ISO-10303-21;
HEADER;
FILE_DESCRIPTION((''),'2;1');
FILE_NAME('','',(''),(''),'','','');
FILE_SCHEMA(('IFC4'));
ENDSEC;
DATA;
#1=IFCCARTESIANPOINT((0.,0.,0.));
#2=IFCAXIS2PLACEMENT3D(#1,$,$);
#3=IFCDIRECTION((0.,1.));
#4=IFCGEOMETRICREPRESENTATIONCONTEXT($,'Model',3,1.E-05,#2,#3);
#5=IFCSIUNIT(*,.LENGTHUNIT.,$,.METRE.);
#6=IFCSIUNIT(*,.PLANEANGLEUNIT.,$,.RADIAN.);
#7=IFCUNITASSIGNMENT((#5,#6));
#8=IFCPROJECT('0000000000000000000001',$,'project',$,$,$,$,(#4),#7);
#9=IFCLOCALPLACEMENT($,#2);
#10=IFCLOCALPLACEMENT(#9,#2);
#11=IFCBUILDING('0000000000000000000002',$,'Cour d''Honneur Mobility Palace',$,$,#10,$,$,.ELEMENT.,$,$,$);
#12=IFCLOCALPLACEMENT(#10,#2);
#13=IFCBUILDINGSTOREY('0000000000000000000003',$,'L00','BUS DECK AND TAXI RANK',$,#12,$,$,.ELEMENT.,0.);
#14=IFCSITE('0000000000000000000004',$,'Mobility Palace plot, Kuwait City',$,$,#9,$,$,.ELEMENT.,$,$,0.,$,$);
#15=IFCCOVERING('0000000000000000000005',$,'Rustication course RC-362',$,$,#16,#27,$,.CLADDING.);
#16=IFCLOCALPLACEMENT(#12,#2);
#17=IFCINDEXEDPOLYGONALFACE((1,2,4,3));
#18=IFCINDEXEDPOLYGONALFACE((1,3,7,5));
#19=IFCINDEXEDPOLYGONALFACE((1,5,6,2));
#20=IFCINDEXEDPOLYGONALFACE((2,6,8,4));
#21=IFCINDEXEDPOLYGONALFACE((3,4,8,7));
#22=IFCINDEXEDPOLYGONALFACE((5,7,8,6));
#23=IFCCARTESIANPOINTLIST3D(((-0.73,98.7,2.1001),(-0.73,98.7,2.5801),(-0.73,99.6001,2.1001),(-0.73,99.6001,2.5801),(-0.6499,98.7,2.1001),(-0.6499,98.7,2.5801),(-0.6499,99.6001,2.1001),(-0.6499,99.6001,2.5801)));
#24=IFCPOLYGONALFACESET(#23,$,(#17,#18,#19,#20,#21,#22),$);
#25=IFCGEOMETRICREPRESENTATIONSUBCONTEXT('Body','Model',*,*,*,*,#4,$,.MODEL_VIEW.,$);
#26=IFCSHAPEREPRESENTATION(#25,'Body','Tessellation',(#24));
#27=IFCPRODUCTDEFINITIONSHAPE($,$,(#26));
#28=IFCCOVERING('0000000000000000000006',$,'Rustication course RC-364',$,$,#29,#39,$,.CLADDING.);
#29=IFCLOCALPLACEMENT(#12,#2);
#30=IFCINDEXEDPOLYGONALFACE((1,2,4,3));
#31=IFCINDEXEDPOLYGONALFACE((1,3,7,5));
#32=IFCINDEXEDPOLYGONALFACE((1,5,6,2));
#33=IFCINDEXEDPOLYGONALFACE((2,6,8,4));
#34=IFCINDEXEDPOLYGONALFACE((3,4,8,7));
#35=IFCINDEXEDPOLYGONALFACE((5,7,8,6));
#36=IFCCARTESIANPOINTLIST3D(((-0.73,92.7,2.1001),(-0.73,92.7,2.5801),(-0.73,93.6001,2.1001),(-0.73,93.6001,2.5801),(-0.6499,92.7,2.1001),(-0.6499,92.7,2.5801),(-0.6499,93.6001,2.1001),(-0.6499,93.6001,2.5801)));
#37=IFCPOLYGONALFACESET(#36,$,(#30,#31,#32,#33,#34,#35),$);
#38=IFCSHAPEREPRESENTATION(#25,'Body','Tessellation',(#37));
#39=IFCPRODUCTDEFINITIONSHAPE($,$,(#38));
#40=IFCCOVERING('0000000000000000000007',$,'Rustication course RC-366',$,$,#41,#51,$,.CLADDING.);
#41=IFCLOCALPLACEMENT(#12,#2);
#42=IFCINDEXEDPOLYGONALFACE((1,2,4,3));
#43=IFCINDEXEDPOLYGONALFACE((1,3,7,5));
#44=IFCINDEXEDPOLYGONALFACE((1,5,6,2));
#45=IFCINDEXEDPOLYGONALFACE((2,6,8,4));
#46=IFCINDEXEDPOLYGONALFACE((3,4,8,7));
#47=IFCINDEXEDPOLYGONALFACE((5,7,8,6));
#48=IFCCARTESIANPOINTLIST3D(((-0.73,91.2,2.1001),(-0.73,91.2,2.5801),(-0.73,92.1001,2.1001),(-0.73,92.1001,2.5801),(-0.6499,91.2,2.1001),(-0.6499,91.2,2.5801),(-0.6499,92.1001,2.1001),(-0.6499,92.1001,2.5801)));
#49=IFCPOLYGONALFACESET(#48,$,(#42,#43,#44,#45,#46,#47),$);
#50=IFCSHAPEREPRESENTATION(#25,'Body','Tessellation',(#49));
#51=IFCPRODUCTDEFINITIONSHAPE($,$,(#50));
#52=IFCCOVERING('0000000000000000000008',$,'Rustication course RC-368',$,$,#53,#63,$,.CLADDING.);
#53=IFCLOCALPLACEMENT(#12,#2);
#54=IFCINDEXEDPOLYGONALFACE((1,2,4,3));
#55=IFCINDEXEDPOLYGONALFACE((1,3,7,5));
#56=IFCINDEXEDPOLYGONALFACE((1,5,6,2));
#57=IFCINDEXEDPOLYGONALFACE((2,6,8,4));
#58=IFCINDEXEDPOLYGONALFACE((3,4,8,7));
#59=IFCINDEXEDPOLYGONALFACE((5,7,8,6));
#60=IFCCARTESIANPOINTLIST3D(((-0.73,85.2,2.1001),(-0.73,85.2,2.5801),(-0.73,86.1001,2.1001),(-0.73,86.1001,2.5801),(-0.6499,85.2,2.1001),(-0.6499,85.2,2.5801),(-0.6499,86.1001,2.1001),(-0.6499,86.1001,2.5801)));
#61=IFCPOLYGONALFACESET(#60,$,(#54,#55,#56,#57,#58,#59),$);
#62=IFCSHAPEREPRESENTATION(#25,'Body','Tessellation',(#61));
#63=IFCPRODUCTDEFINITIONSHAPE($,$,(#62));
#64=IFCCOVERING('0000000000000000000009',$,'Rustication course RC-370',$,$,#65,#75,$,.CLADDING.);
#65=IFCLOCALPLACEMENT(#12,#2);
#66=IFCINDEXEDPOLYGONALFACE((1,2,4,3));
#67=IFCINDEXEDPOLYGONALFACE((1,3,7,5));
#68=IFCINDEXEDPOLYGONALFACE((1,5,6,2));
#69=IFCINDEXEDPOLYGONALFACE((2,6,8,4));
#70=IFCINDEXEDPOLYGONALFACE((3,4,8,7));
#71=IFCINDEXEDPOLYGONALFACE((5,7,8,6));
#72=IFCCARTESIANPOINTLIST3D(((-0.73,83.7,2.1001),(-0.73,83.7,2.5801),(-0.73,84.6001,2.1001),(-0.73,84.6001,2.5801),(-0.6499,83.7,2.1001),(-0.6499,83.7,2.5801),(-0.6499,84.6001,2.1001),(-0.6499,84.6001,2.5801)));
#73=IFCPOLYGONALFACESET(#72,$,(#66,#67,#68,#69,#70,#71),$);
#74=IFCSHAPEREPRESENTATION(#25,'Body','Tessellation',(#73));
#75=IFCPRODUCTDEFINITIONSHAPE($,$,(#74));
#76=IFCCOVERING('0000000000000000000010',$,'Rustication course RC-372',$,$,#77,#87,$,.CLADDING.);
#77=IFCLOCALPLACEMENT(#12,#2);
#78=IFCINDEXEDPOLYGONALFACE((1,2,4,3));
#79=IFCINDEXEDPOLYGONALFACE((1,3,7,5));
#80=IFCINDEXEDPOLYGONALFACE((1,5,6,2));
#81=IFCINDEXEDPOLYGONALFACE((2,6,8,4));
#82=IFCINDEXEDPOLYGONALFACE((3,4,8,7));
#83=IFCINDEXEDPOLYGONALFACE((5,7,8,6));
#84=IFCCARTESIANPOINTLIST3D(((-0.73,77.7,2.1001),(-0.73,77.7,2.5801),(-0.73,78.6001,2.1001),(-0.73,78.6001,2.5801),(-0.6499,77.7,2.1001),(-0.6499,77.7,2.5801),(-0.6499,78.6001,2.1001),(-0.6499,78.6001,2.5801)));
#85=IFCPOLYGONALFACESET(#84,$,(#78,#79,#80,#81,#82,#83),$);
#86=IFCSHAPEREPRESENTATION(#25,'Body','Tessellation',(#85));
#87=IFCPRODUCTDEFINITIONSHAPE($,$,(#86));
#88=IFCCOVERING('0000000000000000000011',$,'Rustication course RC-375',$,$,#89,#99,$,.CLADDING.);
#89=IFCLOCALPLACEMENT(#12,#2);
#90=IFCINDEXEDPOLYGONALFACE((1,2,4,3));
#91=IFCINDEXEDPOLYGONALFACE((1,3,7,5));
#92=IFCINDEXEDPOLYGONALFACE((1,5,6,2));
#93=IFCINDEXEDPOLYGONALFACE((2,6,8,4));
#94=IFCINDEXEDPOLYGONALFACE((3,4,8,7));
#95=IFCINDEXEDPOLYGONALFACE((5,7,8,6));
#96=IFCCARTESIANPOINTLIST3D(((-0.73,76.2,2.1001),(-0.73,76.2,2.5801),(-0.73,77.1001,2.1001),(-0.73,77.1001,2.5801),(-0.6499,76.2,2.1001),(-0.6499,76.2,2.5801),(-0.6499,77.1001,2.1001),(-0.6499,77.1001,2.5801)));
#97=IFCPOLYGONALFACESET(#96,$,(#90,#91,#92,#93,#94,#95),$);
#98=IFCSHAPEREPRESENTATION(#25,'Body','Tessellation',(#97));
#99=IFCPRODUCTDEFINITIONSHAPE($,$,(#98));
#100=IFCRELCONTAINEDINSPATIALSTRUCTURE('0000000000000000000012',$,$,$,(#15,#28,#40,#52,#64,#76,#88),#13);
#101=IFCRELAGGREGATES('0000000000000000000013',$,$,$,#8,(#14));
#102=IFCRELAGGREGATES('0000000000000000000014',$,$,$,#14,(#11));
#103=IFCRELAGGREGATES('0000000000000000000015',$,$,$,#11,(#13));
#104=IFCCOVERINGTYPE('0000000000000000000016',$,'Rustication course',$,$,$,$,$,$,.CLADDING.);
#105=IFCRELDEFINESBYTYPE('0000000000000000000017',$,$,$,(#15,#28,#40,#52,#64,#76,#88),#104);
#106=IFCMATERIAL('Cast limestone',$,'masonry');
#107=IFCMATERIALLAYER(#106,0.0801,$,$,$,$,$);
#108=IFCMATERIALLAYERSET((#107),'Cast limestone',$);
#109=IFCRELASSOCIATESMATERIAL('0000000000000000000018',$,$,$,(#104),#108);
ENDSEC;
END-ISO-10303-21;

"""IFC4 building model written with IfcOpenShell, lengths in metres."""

from ifc_helpers import new_model, si_unit, direction, frame, origin, place, context, subcontext, project, spatial, polyline, outline, extrude, material, layer, layer_set, type_object, element, save


model = new_model("IFC4")

# Units and contexts
model_context = context("Model", 3, precision=1e-05, world=origin(), true_north=direction((0.0, 1.0)))
body_context = subcontext(model_context, "Body", "Model", "MODEL_VIEW")
ifc_project = project(units=[si_unit("LENGTHUNIT", "METRE"), si_unit("PLANEANGLEUNIT", "RADIAN")], contexts=[model_context])

# Site, building, storey
site_placement = place(None, origin())
site = spatial("IfcSite", under=ifc_project, at=site_placement, Name="Mobility Palace plot, Kuwait City", CompositionType="ELEMENT", RefElevation=0.0)
building_placement = place(site_placement, origin())
building = spatial("IfcBuilding", under=site, at=building_placement, Name="Cour d'Honneur Mobility Palace", CompositionType="ELEMENT")
storey_placement = place(building_placement, origin())
storey = spatial("IfcBuildingStorey", under=building, at=storey_placement, Name="L00", Description="BUS DECK AND TAXI RANK", CompositionType="ELEMENT", Elevation=0.0)

# Coverings
ifc_material = material(Name="Cast limestone", Category="masonry")
ifc_layer = layer(ifc_material, 0.0801)
ifc_layer_set = layer_set([ifc_layer], Name="Cast limestone")
covering_type = type_object("IfcCoveringType", Name="Rustication course", PredefinedType="CLADDING", material=ifc_layer_set)
covering_1_placement = place(storey_placement, frame((0.0, 0.0, 2.1001)))
element("IfcCovering", 1, at=covering_1_placement, inside=storey, type_object=covering_type, Name="Rustication course RC-362", PredefinedType="CLADDING", context=body_context, shape_type="SweptSolid", body=[
    extrude(outline(polyline([(-0.6499, 99.6001), (-0.6499, 98.7), (-0.73, 98.7), (-0.73, 99.6001), (-0.6499, 99.6001)])), origin(), (0.0, 0.0, 1.0), 0.48),
])
covering_2_placement = place(storey_placement, frame((0.0, 0.0, 2.1001)))
element("IfcCovering", 2, at=covering_2_placement, inside=storey, type_object=covering_type, Name="Rustication course RC-364", PredefinedType="CLADDING", context=body_context, shape_type="SweptSolid", body=[
    extrude(outline(polyline([(-0.6499, 93.6001), (-0.6499, 92.7), (-0.73, 92.7), (-0.73, 93.6001), (-0.6499, 93.6001)])), origin(), (0.0, 0.0, 1.0), 0.48),
])
covering_3_placement = place(storey_placement, frame((0.0, 0.0, 2.1001)))
element("IfcCovering", 3, at=covering_3_placement, inside=storey, type_object=covering_type, Name="Rustication course RC-366", PredefinedType="CLADDING", context=body_context, shape_type="SweptSolid", body=[
    extrude(outline(polyline([(-0.6499, 92.1001), (-0.6499, 91.2), (-0.73, 91.2), (-0.73, 92.1001), (-0.6499, 92.1001)])), origin(), (0.0, 0.0, 1.0), 0.48),
])
covering_4_placement = place(storey_placement, frame((0.0, 0.0, 2.1001)))
element("IfcCovering", 4, at=covering_4_placement, inside=storey, type_object=covering_type, Name="Rustication course RC-368", PredefinedType="CLADDING", context=body_context, shape_type="SweptSolid", body=[
    extrude(outline(polyline([(-0.6499, 86.1001), (-0.6499, 85.2), (-0.73, 85.2), (-0.73, 86.1001), (-0.6499, 86.1001)])), origin(), (0.0, 0.0, 1.0), 0.48),
])
covering_5_placement = place(storey_placement, frame((0.0, 0.0, 2.1001)))
element("IfcCovering", 5, at=covering_5_placement, inside=storey, type_object=covering_type, Name="Rustication course RC-370", PredefinedType="CLADDING", context=body_context, shape_type="SweptSolid", body=[
    extrude(outline(polyline([(-0.6499, 84.6001), (-0.6499, 83.7), (-0.73, 83.7), (-0.73, 84.6001), (-0.6499, 84.6001)])), origin(), (0.0, 0.0, 1.0), 0.48),
])
covering_6_placement = place(storey_placement, frame((0.0, 0.0, 2.1001)))
element("IfcCovering", 6, at=covering_6_placement, inside=storey, type_object=covering_type, Name="Rustication course RC-372", PredefinedType="CLADDING", context=body_context, shape_type="SweptSolid", body=[
    extrude(outline(polyline([(-0.6499, 78.6001), (-0.6499, 77.7), (-0.73, 77.7), (-0.73, 78.6001), (-0.6499, 78.6001)])), origin(), (0.0, 0.0, 1.0), 0.48),
])
covering_7_placement = place(storey_placement, frame((0.0, 0.0, 2.1001)))
element("IfcCovering", 7, at=covering_7_placement, inside=storey, type_object=covering_type, Name="Rustication course RC-375", PredefinedType="CLADDING", context=body_context, shape_type="SweptSolid", body=[
    extrude(outline(polyline([(-0.6499, 77.1001), (-0.6499, 76.2), (-0.73, 76.2), (-0.73, 77.1001), (-0.6499, 77.1001)])), origin(), (0.0, 0.0, 1.0), 0.48),
])

save(model, "model.ifc")
